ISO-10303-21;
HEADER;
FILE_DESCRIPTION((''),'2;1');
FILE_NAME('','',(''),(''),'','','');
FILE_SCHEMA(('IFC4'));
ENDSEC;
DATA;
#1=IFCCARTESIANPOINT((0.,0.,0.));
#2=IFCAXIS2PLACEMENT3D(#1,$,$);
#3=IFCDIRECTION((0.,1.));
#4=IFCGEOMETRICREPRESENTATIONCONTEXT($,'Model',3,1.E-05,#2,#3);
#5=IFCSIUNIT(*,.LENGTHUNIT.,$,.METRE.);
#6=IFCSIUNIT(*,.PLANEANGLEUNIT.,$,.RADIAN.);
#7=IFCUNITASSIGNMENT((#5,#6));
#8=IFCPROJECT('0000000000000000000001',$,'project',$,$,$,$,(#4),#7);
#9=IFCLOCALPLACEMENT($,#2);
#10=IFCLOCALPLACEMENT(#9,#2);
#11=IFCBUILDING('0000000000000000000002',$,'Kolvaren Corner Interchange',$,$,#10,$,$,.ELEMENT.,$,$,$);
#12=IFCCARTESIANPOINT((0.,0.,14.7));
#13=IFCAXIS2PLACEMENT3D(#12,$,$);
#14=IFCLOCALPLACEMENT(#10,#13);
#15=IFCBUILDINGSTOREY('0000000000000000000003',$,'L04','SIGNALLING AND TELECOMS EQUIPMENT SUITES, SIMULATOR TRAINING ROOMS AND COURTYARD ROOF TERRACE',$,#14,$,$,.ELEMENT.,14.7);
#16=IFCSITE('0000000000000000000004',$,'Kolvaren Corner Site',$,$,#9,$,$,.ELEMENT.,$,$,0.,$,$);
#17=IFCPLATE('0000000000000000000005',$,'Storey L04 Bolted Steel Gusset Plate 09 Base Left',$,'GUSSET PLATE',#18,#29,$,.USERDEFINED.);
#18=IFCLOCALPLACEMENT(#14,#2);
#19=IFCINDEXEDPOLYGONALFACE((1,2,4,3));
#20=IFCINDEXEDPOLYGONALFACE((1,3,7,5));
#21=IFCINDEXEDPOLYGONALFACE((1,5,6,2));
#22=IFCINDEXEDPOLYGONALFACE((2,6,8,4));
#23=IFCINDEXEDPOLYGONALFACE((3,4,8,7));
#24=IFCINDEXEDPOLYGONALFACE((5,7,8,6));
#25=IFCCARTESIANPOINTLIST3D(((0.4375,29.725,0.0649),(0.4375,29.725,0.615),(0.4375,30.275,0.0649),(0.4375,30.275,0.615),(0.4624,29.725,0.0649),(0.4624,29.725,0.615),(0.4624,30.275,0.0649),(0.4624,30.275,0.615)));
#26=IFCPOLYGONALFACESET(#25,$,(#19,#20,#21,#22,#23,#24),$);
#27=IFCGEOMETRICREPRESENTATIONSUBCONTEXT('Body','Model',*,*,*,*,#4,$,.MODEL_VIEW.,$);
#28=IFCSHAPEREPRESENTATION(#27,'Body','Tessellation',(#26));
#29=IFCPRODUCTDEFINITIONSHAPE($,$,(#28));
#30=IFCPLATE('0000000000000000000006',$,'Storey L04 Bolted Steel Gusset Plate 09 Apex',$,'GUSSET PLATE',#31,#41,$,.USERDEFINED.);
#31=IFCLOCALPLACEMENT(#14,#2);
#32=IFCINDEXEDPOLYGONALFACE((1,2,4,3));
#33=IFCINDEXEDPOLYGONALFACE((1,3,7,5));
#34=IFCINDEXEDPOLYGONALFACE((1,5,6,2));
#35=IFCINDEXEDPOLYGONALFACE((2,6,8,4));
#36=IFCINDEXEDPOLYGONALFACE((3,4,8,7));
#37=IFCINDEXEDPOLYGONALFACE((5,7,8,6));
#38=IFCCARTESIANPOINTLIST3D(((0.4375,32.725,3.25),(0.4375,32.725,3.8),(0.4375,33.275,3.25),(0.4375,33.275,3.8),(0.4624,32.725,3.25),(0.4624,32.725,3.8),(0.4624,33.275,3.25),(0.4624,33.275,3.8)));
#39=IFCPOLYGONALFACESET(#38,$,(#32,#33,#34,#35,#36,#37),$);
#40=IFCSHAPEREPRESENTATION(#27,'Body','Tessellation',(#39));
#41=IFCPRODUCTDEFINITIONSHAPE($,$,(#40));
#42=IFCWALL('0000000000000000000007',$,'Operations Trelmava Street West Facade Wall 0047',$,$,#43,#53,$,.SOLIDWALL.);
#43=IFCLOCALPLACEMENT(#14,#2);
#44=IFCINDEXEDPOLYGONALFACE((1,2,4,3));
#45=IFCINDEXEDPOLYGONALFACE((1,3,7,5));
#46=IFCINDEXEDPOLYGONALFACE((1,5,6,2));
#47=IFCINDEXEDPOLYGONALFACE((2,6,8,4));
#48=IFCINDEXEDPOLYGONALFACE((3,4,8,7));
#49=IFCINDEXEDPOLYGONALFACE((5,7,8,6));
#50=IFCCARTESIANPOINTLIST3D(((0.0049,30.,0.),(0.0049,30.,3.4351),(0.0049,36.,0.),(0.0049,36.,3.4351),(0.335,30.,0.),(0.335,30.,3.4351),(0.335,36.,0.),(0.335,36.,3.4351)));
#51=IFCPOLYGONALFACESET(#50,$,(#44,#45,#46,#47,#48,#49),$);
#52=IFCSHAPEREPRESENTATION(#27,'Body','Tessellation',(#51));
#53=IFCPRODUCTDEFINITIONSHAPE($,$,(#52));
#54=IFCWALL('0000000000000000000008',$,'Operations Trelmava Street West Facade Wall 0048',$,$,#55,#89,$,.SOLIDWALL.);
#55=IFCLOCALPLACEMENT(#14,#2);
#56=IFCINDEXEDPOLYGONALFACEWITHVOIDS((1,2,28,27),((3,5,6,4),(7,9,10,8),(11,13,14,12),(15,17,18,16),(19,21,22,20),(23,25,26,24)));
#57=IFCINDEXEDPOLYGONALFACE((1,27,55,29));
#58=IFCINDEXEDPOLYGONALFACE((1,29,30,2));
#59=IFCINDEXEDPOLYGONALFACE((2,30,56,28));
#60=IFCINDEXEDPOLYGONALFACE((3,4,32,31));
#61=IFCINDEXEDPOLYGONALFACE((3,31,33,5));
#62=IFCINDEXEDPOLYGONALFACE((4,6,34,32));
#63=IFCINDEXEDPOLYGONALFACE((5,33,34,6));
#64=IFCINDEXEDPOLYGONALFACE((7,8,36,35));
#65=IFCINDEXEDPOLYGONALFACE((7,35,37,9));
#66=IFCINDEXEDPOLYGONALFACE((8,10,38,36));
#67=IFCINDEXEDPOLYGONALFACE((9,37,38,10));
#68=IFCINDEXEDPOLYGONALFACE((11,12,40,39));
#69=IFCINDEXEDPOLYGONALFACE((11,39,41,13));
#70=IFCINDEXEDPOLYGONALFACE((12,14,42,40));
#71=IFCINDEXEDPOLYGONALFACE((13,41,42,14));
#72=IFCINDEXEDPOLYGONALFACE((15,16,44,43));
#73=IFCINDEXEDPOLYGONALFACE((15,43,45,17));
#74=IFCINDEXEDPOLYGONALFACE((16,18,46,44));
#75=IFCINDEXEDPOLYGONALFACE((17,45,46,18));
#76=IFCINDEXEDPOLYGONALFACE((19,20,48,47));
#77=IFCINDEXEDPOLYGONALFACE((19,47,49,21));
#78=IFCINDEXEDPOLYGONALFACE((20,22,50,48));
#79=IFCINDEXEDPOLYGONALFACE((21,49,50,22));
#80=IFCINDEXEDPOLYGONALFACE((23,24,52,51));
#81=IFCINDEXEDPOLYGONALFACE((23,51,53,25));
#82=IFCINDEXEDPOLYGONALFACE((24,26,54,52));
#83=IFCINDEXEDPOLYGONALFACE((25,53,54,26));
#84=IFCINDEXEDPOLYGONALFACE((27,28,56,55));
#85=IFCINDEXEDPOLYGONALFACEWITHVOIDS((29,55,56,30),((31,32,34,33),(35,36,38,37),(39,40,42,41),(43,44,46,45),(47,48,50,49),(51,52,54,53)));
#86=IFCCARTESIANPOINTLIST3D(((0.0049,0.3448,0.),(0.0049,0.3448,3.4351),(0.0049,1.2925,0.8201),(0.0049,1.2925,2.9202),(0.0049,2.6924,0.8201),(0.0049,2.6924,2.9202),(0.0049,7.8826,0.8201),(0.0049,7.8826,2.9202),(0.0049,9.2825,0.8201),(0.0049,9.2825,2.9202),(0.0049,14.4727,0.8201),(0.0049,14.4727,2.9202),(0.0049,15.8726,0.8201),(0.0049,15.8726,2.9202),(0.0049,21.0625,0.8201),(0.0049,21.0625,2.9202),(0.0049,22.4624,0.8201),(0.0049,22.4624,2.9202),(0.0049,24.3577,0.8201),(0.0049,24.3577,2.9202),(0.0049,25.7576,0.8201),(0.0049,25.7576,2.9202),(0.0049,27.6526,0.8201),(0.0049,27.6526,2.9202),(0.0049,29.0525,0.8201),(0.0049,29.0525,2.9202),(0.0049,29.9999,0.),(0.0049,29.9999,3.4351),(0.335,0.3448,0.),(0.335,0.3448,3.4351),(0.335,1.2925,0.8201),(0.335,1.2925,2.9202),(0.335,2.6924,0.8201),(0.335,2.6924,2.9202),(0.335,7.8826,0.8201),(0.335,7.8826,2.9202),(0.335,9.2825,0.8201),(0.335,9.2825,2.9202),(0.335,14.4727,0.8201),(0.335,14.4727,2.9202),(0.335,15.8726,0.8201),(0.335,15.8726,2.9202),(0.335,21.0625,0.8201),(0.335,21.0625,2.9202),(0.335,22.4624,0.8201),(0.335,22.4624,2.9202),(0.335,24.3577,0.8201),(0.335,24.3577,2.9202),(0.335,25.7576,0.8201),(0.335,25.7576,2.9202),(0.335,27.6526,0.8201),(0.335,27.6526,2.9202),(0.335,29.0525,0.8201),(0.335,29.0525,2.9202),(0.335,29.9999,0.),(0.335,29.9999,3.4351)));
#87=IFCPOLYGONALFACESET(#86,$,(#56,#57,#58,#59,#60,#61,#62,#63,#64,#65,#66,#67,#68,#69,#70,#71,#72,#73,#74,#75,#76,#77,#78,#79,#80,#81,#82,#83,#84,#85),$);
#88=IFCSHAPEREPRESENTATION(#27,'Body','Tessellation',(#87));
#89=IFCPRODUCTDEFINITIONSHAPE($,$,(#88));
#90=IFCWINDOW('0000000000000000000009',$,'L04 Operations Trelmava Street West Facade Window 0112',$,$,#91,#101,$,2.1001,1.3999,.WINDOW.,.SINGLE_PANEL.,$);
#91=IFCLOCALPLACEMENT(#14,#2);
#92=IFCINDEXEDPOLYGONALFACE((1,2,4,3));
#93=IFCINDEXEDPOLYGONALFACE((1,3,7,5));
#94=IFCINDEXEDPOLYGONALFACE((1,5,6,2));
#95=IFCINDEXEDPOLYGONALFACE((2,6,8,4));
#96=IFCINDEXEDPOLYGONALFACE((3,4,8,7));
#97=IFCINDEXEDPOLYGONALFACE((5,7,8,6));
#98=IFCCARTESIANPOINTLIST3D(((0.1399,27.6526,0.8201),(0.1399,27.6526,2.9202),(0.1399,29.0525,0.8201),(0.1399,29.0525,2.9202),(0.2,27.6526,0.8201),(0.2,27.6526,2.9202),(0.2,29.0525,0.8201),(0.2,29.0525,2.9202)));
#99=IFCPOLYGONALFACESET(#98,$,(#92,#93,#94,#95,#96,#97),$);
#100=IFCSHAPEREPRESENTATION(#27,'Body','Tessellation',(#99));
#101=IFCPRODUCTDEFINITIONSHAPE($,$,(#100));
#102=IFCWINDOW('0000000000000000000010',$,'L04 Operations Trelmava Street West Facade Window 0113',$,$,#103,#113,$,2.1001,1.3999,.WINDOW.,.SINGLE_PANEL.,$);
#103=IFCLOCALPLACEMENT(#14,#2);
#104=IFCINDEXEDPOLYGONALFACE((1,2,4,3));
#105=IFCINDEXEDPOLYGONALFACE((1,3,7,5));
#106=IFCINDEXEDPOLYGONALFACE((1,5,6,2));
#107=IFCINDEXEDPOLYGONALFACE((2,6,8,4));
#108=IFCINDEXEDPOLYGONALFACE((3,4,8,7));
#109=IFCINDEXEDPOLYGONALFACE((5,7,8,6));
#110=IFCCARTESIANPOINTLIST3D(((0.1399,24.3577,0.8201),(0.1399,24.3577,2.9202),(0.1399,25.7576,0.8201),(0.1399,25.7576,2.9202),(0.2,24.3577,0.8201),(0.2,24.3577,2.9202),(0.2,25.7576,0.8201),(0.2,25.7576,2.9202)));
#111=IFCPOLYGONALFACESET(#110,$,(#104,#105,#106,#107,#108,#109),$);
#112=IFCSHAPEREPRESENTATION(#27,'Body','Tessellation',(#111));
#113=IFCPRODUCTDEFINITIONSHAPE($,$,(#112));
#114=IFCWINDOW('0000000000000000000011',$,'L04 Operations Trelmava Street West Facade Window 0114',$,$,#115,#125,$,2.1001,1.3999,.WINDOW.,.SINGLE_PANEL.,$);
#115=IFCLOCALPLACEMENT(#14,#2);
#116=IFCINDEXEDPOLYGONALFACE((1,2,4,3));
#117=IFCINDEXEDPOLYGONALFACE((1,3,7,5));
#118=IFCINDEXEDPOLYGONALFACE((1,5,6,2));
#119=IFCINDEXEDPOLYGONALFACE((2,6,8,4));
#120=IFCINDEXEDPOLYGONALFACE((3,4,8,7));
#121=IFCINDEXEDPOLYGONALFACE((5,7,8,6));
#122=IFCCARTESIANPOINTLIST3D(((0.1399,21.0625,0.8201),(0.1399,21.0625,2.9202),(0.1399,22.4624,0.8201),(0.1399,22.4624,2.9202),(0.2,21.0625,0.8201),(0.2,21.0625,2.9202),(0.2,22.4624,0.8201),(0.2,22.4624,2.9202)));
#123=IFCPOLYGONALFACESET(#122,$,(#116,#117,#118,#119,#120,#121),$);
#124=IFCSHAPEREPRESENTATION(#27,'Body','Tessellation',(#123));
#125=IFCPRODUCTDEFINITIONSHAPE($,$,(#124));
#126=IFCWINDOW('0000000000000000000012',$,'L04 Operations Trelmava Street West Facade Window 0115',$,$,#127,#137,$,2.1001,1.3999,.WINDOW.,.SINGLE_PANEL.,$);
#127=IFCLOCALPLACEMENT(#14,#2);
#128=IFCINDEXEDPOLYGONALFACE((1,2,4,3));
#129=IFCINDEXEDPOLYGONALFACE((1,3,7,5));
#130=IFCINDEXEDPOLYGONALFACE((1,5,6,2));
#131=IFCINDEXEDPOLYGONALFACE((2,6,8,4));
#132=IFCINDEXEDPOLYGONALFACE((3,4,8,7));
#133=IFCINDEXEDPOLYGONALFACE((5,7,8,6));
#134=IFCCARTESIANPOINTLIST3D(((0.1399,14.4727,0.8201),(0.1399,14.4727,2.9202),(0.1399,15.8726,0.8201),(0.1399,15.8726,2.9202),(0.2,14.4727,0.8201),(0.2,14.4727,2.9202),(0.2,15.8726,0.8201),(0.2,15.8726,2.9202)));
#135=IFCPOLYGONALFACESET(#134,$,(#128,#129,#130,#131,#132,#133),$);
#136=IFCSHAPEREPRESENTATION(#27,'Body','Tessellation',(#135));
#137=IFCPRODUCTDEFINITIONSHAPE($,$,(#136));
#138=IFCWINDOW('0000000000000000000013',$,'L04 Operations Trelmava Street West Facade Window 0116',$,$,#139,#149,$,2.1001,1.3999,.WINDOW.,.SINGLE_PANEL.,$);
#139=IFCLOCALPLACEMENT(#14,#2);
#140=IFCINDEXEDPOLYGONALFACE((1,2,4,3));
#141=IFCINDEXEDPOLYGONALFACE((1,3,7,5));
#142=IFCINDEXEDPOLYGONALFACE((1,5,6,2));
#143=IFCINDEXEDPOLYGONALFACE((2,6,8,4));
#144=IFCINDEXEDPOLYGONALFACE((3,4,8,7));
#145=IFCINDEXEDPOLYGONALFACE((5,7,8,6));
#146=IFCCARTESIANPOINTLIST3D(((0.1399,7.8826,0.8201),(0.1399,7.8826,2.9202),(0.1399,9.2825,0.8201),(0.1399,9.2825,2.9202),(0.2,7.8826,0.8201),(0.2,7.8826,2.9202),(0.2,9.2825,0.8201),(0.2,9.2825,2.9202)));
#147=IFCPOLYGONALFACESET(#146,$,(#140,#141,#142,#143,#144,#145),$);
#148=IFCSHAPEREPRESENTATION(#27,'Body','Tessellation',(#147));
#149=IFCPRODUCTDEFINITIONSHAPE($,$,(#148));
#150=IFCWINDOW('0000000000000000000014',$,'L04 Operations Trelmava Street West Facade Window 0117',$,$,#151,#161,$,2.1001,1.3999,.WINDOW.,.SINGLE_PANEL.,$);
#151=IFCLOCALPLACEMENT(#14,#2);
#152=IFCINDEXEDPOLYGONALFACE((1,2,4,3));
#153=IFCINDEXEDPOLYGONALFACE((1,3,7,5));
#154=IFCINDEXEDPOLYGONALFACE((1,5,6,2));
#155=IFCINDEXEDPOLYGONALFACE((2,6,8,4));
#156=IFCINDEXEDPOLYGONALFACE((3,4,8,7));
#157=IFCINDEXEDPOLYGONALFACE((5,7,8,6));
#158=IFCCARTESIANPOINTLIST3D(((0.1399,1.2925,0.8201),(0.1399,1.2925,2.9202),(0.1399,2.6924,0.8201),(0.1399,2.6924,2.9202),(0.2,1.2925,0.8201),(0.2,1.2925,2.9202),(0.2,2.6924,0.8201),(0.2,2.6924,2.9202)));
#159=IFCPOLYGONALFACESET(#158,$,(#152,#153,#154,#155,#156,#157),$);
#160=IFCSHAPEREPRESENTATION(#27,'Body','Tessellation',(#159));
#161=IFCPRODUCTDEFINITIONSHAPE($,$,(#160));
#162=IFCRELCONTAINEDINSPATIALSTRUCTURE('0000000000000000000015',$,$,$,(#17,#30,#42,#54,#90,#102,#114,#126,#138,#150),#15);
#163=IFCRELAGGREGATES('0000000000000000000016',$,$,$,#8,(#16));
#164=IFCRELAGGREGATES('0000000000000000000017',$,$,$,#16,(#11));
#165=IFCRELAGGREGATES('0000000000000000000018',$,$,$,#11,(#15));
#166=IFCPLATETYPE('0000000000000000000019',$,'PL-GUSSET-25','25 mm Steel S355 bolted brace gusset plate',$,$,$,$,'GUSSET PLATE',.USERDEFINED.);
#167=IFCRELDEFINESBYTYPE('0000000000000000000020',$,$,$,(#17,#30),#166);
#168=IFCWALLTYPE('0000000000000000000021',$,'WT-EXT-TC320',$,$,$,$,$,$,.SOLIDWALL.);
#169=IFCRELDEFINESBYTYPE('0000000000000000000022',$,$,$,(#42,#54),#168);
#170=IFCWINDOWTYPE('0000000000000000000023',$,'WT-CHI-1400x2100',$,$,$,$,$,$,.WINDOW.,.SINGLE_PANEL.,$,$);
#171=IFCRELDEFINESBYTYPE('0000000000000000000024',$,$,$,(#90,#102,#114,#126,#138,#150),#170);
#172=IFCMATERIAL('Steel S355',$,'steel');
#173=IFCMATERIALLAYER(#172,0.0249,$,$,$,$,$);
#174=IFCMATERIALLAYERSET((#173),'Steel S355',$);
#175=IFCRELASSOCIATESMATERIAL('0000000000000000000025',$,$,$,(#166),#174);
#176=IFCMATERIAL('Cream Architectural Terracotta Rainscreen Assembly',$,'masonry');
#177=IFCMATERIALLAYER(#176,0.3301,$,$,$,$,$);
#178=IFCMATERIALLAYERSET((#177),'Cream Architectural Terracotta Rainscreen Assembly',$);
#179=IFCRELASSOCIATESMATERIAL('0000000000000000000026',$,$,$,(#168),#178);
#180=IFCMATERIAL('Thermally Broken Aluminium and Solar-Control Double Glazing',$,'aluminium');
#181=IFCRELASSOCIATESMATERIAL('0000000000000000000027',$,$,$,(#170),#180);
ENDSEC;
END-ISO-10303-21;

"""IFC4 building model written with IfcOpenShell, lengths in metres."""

from ifc_helpers import new_model, si_unit, direction, frame, frame_2d, origin, origin_2d, place, context, subcontext, project, spatial, rectangle, extrude, material, layer, layer_set, type_object, element, fill, save


model = new_model("IFC4")

# Units and contexts
model_context = context("Model", 3, precision=1e-05, world=origin(), true_north=direction((0.0, 1.0)))
body_context = subcontext(model_context, "Body", "Model", "MODEL_VIEW")
ifc_project = project(units=[si_unit("LENGTHUNIT", "METRE"), si_unit("PLANEANGLEUNIT", "RADIAN")], contexts=[model_context])

# Site, building, storey
site_placement = place(None, origin())
site = spatial("IfcSite", under=ifc_project, at=site_placement, Name="Kolvaren Corner Site", CompositionType="ELEMENT", RefElevation=0.0)
building_placement = place(site_placement, origin())
building = spatial("IfcBuilding", under=site, at=building_placement, Name="Kolvaren Corner Interchange", CompositionType="ELEMENT")
storey_placement = place(building_placement, frame((0.0, 0.0, 14.7)))
storey = spatial("IfcBuildingStorey", under=building, at=storey_placement, Name="L04", Description="SIGNALLING AND TELECOMS EQUIPMENT SUITES, SIMULATOR TRAINING ROOMS AND COURTYARD ROOF TERRACE", CompositionType="ELEMENT", Elevation=14.7)

# Plates
ifc_material_1 = material(Name="Steel S355", Category="steel")
ifc_layer_1 = layer(ifc_material_1, 0.0249)
ifc_layer_set_1 = layer_set([ifc_layer_1], Name="Steel S355")
plate_type = type_object("IfcPlateType", Name="PL-GUSSET-25", Description="25 mm Steel S355 bolted brace gusset plate", ElementType="GUSSET PLATE", PredefinedType="USERDEFINED", material=ifc_layer_set_1)
for number, where, z_axis, x_axis, name in (
    (1, (0.45, 30.0, 0.0649), (0.0, 0.0, 1.0), (0.0, 1.0, 0.0), "Storey L04 Bolted Steel Gusset Plate 09 Base Left"),
    (2, (0.45, 33.0, 3.25), (0.0, 0.0, 1.0), (0.0, 1.0, 0.0), "Storey L04 Bolted Steel Gusset Plate 09 Apex"),
):
    element("IfcPlate", number, at=place(storey_placement, frame(where, z_axis=z_axis, x_axis=x_axis)), inside=storey, type_object=plate_type, Name=name, ObjectType="GUSSET PLATE", PredefinedType="USERDEFINED", context=body_context, shape_type="SweptSolid", body=[
        extrude(rectangle(XDim=0.55, YDim=0.0249, at=origin_2d()), origin(), (0.0, 0.0, 1.0), 0.55),
    ])

# Wall
ifc_material_2 = material(Name="Cream Architectural Terracotta Rainscreen Assembly", Category="masonry")
ifc_layer_2 = layer(ifc_material_2, 0.3301)
ifc_layer_set_2 = layer_set([ifc_layer_2], Name="Cream Architectural Terracotta Rainscreen Assembly")
wall_type_1 = type_object("IfcWallType", Name="WT-EXT-TC320", PredefinedType="SOLIDWALL", material=ifc_layer_set_2)
wall_1_placement = place(storey_placement, frame((0.1699, 36.0, 0.0), z_axis=(0.0, 0.0, 1.0), x_axis=(0.0, -1.0, 0.0)))
element("IfcWall", 3, at=wall_1_placement, inside=storey, type_object=wall_type_1, Name="Operations Trelmava Street West Facade Wall 0047", PredefinedType="SOLIDWALL", context=body_context, shape_type="SweptSolid", body=[
    extrude(rectangle(XDim=6.0, YDim=0.3301, at=frame_2d((3.0, 0.0))), origin(), (0.0, 0.0, 1.0), 3.4351),
])

# Wall, openings, windows
wall_2_placement = place(storey_placement, frame((0.1699, 30.0, 0.0), z_axis=(0.0, 0.0, 1.0), x_axis=(0.0, -1.0, 0.0)))
wall_2 = element("IfcWall", 4, at=wall_2_placement, inside=storey, type_object=wall_type_1, Name="Operations Trelmava Street West Facade Wall 0048", PredefinedType="SOLIDWALL", context=body_context, shape_type="SweptSolid", body=[
    extrude(rectangle(XDim=29.655, YDim=0.3301, at=frame_2d((14.8276, 0.0))), origin(), (0.0, 0.0, 1.0), 3.4351),
])
opening_1_placement = place(wall_2_placement, frame((0.9475, 0.0, 0.8201)))
opening_1 = element("IfcOpeningElement", 5, at=opening_1_placement, cuts=wall_2, PredefinedType="OPENING", context=body_context, shape_type="SweptSolid", body=[
    extrude(rectangle(XDim=1.3999, YDim=2.1001, at=frame_2d((0.7, 1.05))), frame((0.0, 0.175, 0.0), z_axis=(0.0, -1.0, 0.0), x_axis=(1.0, 0.0, 0.0)), (0.0, 0.0, 1.0), 0.3501),
])
opening_2_placement = place(wall_2_placement, frame((4.2424, 0.0, 0.8201)))
opening_2 = element("IfcOpeningElement", 6, at=opening_2_placement, cuts=wall_2, PredefinedType="OPENING", context=body_context, shape_type="SweptSolid", body=[
    extrude(rectangle(XDim=1.3999, YDim=2.1001, at=frame_2d((0.7, 1.05))), frame((0.0, 0.175, 0.0), z_axis=(0.0, -1.0, 0.0), x_axis=(1.0, 0.0, 0.0)), (0.0, 0.0, 1.0), 0.3501),
])
opening_3_placement = place(wall_2_placement, frame((7.5376, 0.0, 0.8201)))
opening_3 = element("IfcOpeningElement", 7, at=opening_3_placement, cuts=wall_2, PredefinedType="OPENING", context=body_context, shape_type="SweptSolid", body=[
    extrude(rectangle(XDim=1.3999, YDim=2.1001, at=frame_2d((0.7, 1.05))), frame((0.0, 0.175, 0.0), z_axis=(0.0, -1.0, 0.0), x_axis=(1.0, 0.0, 0.0)), (0.0, 0.0, 1.0), 0.3501),
])
opening_4_placement = place(wall_2_placement, frame((14.1274, 0.0, 0.8201)))
opening_4 = element("IfcOpeningElement", 8, at=opening_4_placement, cuts=wall_2, PredefinedType="OPENING", context=body_context, shape_type="SweptSolid", body=[
    extrude(rectangle(XDim=1.3999, YDim=2.1001, at=frame_2d((0.7, 1.05))), frame((0.0, 0.175, 0.0), z_axis=(0.0, -1.0, 0.0), x_axis=(1.0, 0.0, 0.0)), (0.0, 0.0, 1.0), 0.3501),
])
opening_5_placement = place(wall_2_placement, frame((20.7175, 0.0, 0.8201)))
opening_5 = element("IfcOpeningElement", 9, at=opening_5_placement, cuts=wall_2, PredefinedType="OPENING", context=body_context, shape_type="SweptSolid", body=[
    extrude(rectangle(XDim=1.3999, YDim=2.1001, at=frame_2d((0.7, 1.05))), frame((0.0, 0.175, 0.0), z_axis=(0.0, -1.0, 0.0), x_axis=(1.0, 0.0, 0.0)), (0.0, 0.0, 1.0), 0.3501),
])
opening_6_placement = place(wall_2_placement, frame((27.3076, 0.0, 0.8201)))
opening_6 = element("IfcOpeningElement", 10, at=opening_6_placement, cuts=wall_2, PredefinedType="OPENING", context=body_context, shape_type="SweptSolid", body=[
    extrude(rectangle(XDim=1.3999, YDim=2.1001, at=frame_2d((0.7, 1.05))), frame((0.0, 0.175, 0.0), z_axis=(0.0, -1.0, 0.0), x_axis=(1.0, 0.0, 0.0)), (0.0, 0.0, 1.0), 0.3501),
])
ifc_material_3 = material(Name="Thermally Broken Aluminium and Solar-Control Double Glazing", Category="aluminium")
window_type = type_object("IfcWindowType", Name="WT-CHI-1400x2100", PartitioningType="SINGLE_PANEL", PredefinedType="WINDOW", material=ifc_material_3)
window_1_placement = place(opening_1_placement, origin())
window_1 = element("IfcWindow", 11, at=window_1_placement, inside=storey, type_object=window_type, Name="L04 Operations Trelmava Street West Facade Window 0112", OverallHeight=2.1001, OverallWidth=1.3999, PartitioningType="SINGLE_PANEL", PredefinedType="WINDOW", context=body_context, shape_type="SweptSolid", body=[
    extrude(rectangle(XDim=1.3999, YDim=2.1001, at=frame_2d((0.7, 1.05))), frame((0.0, 0.03, 0.0), z_axis=(0.0, -1.0, 0.0), x_axis=(1.0, 0.0, 0.0)), (0.0, 0.0, 1.0), 0.0601),
])
fill(opening_1, window_1)
window_2_placement = place(opening_2_placement, origin())
window_2 = element("IfcWindow", 12, at=window_2_placement, inside=storey, type_object=window_type, Name="L04 Operations Trelmava Street West Facade Window 0113", OverallHeight=2.1001, OverallWidth=1.3999, PartitioningType="SINGLE_PANEL", PredefinedType="WINDOW", context=body_context, shape_type="SweptSolid", body=[
    extrude(rectangle(XDim=1.3999, YDim=2.1001, at=frame_2d((0.7, 1.05))), frame((0.0, 0.03, 0.0), z_axis=(0.0, -1.0, 0.0), x_axis=(1.0, 0.0, 0.0)), (0.0, 0.0, 1.0), 0.0601),
])
fill(opening_2, window_2)
window_3_placement = place(opening_3_placement, origin())
window_3 = element("IfcWindow", 13, at=window_3_placement, inside=storey, type_object=window_type, Name="L04 Operations Trelmava Street West Facade Window 0114", OverallHeight=2.1001, OverallWidth=1.3999, PartitioningType="SINGLE_PANEL", PredefinedType="WINDOW", context=body_context, shape_type="SweptSolid", body=[
    extrude(rectangle(XDim=1.3999, YDim=2.1001, at=frame_2d((0.7, 1.05))), frame((0.0, 0.03, 0.0), z_axis=(0.0, -1.0, 0.0), x_axis=(1.0, 0.0, 0.0)), (0.0, 0.0, 1.0), 0.0601),
])
fill(opening_3, window_3)
window_4_placement = place(opening_4_placement, origin())
window_4 = element("IfcWindow", 14, at=window_4_placement, inside=storey, type_object=window_type, Name="L04 Operations Trelmava Street West Facade Window 0115", OverallHeight=2.1001, OverallWidth=1.3999, PartitioningType="SINGLE_PANEL", PredefinedType="WINDOW", context=body_context, shape_type="SweptSolid", body=[
    extrude(rectangle(XDim=1.3999, YDim=2.1001, at=frame_2d((0.7, 1.05))), frame((0.0, 0.03, 0.0), z_axis=(0.0, -1.0, 0.0), x_axis=(1.0, 0.0, 0.0)), (0.0, 0.0, 1.0), 0.0601),
])
fill(opening_4, window_4)
window_5_placement = place(opening_5_placement, origin())
window_5 = element("IfcWindow", 15, at=window_5_placement, inside=storey, type_object=window_type, Name="L04 Operations Trelmava Street West Facade Window 0116", OverallHeight=2.1001, OverallWidth=1.3999, PartitioningType="SINGLE_PANEL", PredefinedType="WINDOW", context=body_context, shape_type="SweptSolid", body=[
    extrude(rectangle(XDim=1.3999, YDim=2.1001, at=frame_2d((0.7, 1.05))), frame((0.0, 0.03, 0.0), z_axis=(0.0, -1.0, 0.0), x_axis=(1.0, 0.0, 0.0)), (0.0, 0.0, 1.0), 0.0601),
])
fill(opening_5, window_5)
window_6_placement = place(opening_6_placement, origin())
window_6 = element("IfcWindow", 16, at=window_6_placement, inside=storey, type_object=window_type, Name="L04 Operations Trelmava Street West Facade Window 0117", OverallHeight=2.1001, OverallWidth=1.3999, PartitioningType="SINGLE_PANEL", PredefinedType="WINDOW", context=body_context, shape_type="SweptSolid", body=[
    extrude(rectangle(XDim=1.3999, YDim=2.1001, at=frame_2d((0.7, 1.05))), frame((0.0, 0.03, 0.0), z_axis=(0.0, -1.0, 0.0), x_axis=(1.0, 0.0, 0.0)), (0.0, 0.0, 1.0), 0.0601),
])
fill(opening_6, window_6)

save(model, "model.ifc")
